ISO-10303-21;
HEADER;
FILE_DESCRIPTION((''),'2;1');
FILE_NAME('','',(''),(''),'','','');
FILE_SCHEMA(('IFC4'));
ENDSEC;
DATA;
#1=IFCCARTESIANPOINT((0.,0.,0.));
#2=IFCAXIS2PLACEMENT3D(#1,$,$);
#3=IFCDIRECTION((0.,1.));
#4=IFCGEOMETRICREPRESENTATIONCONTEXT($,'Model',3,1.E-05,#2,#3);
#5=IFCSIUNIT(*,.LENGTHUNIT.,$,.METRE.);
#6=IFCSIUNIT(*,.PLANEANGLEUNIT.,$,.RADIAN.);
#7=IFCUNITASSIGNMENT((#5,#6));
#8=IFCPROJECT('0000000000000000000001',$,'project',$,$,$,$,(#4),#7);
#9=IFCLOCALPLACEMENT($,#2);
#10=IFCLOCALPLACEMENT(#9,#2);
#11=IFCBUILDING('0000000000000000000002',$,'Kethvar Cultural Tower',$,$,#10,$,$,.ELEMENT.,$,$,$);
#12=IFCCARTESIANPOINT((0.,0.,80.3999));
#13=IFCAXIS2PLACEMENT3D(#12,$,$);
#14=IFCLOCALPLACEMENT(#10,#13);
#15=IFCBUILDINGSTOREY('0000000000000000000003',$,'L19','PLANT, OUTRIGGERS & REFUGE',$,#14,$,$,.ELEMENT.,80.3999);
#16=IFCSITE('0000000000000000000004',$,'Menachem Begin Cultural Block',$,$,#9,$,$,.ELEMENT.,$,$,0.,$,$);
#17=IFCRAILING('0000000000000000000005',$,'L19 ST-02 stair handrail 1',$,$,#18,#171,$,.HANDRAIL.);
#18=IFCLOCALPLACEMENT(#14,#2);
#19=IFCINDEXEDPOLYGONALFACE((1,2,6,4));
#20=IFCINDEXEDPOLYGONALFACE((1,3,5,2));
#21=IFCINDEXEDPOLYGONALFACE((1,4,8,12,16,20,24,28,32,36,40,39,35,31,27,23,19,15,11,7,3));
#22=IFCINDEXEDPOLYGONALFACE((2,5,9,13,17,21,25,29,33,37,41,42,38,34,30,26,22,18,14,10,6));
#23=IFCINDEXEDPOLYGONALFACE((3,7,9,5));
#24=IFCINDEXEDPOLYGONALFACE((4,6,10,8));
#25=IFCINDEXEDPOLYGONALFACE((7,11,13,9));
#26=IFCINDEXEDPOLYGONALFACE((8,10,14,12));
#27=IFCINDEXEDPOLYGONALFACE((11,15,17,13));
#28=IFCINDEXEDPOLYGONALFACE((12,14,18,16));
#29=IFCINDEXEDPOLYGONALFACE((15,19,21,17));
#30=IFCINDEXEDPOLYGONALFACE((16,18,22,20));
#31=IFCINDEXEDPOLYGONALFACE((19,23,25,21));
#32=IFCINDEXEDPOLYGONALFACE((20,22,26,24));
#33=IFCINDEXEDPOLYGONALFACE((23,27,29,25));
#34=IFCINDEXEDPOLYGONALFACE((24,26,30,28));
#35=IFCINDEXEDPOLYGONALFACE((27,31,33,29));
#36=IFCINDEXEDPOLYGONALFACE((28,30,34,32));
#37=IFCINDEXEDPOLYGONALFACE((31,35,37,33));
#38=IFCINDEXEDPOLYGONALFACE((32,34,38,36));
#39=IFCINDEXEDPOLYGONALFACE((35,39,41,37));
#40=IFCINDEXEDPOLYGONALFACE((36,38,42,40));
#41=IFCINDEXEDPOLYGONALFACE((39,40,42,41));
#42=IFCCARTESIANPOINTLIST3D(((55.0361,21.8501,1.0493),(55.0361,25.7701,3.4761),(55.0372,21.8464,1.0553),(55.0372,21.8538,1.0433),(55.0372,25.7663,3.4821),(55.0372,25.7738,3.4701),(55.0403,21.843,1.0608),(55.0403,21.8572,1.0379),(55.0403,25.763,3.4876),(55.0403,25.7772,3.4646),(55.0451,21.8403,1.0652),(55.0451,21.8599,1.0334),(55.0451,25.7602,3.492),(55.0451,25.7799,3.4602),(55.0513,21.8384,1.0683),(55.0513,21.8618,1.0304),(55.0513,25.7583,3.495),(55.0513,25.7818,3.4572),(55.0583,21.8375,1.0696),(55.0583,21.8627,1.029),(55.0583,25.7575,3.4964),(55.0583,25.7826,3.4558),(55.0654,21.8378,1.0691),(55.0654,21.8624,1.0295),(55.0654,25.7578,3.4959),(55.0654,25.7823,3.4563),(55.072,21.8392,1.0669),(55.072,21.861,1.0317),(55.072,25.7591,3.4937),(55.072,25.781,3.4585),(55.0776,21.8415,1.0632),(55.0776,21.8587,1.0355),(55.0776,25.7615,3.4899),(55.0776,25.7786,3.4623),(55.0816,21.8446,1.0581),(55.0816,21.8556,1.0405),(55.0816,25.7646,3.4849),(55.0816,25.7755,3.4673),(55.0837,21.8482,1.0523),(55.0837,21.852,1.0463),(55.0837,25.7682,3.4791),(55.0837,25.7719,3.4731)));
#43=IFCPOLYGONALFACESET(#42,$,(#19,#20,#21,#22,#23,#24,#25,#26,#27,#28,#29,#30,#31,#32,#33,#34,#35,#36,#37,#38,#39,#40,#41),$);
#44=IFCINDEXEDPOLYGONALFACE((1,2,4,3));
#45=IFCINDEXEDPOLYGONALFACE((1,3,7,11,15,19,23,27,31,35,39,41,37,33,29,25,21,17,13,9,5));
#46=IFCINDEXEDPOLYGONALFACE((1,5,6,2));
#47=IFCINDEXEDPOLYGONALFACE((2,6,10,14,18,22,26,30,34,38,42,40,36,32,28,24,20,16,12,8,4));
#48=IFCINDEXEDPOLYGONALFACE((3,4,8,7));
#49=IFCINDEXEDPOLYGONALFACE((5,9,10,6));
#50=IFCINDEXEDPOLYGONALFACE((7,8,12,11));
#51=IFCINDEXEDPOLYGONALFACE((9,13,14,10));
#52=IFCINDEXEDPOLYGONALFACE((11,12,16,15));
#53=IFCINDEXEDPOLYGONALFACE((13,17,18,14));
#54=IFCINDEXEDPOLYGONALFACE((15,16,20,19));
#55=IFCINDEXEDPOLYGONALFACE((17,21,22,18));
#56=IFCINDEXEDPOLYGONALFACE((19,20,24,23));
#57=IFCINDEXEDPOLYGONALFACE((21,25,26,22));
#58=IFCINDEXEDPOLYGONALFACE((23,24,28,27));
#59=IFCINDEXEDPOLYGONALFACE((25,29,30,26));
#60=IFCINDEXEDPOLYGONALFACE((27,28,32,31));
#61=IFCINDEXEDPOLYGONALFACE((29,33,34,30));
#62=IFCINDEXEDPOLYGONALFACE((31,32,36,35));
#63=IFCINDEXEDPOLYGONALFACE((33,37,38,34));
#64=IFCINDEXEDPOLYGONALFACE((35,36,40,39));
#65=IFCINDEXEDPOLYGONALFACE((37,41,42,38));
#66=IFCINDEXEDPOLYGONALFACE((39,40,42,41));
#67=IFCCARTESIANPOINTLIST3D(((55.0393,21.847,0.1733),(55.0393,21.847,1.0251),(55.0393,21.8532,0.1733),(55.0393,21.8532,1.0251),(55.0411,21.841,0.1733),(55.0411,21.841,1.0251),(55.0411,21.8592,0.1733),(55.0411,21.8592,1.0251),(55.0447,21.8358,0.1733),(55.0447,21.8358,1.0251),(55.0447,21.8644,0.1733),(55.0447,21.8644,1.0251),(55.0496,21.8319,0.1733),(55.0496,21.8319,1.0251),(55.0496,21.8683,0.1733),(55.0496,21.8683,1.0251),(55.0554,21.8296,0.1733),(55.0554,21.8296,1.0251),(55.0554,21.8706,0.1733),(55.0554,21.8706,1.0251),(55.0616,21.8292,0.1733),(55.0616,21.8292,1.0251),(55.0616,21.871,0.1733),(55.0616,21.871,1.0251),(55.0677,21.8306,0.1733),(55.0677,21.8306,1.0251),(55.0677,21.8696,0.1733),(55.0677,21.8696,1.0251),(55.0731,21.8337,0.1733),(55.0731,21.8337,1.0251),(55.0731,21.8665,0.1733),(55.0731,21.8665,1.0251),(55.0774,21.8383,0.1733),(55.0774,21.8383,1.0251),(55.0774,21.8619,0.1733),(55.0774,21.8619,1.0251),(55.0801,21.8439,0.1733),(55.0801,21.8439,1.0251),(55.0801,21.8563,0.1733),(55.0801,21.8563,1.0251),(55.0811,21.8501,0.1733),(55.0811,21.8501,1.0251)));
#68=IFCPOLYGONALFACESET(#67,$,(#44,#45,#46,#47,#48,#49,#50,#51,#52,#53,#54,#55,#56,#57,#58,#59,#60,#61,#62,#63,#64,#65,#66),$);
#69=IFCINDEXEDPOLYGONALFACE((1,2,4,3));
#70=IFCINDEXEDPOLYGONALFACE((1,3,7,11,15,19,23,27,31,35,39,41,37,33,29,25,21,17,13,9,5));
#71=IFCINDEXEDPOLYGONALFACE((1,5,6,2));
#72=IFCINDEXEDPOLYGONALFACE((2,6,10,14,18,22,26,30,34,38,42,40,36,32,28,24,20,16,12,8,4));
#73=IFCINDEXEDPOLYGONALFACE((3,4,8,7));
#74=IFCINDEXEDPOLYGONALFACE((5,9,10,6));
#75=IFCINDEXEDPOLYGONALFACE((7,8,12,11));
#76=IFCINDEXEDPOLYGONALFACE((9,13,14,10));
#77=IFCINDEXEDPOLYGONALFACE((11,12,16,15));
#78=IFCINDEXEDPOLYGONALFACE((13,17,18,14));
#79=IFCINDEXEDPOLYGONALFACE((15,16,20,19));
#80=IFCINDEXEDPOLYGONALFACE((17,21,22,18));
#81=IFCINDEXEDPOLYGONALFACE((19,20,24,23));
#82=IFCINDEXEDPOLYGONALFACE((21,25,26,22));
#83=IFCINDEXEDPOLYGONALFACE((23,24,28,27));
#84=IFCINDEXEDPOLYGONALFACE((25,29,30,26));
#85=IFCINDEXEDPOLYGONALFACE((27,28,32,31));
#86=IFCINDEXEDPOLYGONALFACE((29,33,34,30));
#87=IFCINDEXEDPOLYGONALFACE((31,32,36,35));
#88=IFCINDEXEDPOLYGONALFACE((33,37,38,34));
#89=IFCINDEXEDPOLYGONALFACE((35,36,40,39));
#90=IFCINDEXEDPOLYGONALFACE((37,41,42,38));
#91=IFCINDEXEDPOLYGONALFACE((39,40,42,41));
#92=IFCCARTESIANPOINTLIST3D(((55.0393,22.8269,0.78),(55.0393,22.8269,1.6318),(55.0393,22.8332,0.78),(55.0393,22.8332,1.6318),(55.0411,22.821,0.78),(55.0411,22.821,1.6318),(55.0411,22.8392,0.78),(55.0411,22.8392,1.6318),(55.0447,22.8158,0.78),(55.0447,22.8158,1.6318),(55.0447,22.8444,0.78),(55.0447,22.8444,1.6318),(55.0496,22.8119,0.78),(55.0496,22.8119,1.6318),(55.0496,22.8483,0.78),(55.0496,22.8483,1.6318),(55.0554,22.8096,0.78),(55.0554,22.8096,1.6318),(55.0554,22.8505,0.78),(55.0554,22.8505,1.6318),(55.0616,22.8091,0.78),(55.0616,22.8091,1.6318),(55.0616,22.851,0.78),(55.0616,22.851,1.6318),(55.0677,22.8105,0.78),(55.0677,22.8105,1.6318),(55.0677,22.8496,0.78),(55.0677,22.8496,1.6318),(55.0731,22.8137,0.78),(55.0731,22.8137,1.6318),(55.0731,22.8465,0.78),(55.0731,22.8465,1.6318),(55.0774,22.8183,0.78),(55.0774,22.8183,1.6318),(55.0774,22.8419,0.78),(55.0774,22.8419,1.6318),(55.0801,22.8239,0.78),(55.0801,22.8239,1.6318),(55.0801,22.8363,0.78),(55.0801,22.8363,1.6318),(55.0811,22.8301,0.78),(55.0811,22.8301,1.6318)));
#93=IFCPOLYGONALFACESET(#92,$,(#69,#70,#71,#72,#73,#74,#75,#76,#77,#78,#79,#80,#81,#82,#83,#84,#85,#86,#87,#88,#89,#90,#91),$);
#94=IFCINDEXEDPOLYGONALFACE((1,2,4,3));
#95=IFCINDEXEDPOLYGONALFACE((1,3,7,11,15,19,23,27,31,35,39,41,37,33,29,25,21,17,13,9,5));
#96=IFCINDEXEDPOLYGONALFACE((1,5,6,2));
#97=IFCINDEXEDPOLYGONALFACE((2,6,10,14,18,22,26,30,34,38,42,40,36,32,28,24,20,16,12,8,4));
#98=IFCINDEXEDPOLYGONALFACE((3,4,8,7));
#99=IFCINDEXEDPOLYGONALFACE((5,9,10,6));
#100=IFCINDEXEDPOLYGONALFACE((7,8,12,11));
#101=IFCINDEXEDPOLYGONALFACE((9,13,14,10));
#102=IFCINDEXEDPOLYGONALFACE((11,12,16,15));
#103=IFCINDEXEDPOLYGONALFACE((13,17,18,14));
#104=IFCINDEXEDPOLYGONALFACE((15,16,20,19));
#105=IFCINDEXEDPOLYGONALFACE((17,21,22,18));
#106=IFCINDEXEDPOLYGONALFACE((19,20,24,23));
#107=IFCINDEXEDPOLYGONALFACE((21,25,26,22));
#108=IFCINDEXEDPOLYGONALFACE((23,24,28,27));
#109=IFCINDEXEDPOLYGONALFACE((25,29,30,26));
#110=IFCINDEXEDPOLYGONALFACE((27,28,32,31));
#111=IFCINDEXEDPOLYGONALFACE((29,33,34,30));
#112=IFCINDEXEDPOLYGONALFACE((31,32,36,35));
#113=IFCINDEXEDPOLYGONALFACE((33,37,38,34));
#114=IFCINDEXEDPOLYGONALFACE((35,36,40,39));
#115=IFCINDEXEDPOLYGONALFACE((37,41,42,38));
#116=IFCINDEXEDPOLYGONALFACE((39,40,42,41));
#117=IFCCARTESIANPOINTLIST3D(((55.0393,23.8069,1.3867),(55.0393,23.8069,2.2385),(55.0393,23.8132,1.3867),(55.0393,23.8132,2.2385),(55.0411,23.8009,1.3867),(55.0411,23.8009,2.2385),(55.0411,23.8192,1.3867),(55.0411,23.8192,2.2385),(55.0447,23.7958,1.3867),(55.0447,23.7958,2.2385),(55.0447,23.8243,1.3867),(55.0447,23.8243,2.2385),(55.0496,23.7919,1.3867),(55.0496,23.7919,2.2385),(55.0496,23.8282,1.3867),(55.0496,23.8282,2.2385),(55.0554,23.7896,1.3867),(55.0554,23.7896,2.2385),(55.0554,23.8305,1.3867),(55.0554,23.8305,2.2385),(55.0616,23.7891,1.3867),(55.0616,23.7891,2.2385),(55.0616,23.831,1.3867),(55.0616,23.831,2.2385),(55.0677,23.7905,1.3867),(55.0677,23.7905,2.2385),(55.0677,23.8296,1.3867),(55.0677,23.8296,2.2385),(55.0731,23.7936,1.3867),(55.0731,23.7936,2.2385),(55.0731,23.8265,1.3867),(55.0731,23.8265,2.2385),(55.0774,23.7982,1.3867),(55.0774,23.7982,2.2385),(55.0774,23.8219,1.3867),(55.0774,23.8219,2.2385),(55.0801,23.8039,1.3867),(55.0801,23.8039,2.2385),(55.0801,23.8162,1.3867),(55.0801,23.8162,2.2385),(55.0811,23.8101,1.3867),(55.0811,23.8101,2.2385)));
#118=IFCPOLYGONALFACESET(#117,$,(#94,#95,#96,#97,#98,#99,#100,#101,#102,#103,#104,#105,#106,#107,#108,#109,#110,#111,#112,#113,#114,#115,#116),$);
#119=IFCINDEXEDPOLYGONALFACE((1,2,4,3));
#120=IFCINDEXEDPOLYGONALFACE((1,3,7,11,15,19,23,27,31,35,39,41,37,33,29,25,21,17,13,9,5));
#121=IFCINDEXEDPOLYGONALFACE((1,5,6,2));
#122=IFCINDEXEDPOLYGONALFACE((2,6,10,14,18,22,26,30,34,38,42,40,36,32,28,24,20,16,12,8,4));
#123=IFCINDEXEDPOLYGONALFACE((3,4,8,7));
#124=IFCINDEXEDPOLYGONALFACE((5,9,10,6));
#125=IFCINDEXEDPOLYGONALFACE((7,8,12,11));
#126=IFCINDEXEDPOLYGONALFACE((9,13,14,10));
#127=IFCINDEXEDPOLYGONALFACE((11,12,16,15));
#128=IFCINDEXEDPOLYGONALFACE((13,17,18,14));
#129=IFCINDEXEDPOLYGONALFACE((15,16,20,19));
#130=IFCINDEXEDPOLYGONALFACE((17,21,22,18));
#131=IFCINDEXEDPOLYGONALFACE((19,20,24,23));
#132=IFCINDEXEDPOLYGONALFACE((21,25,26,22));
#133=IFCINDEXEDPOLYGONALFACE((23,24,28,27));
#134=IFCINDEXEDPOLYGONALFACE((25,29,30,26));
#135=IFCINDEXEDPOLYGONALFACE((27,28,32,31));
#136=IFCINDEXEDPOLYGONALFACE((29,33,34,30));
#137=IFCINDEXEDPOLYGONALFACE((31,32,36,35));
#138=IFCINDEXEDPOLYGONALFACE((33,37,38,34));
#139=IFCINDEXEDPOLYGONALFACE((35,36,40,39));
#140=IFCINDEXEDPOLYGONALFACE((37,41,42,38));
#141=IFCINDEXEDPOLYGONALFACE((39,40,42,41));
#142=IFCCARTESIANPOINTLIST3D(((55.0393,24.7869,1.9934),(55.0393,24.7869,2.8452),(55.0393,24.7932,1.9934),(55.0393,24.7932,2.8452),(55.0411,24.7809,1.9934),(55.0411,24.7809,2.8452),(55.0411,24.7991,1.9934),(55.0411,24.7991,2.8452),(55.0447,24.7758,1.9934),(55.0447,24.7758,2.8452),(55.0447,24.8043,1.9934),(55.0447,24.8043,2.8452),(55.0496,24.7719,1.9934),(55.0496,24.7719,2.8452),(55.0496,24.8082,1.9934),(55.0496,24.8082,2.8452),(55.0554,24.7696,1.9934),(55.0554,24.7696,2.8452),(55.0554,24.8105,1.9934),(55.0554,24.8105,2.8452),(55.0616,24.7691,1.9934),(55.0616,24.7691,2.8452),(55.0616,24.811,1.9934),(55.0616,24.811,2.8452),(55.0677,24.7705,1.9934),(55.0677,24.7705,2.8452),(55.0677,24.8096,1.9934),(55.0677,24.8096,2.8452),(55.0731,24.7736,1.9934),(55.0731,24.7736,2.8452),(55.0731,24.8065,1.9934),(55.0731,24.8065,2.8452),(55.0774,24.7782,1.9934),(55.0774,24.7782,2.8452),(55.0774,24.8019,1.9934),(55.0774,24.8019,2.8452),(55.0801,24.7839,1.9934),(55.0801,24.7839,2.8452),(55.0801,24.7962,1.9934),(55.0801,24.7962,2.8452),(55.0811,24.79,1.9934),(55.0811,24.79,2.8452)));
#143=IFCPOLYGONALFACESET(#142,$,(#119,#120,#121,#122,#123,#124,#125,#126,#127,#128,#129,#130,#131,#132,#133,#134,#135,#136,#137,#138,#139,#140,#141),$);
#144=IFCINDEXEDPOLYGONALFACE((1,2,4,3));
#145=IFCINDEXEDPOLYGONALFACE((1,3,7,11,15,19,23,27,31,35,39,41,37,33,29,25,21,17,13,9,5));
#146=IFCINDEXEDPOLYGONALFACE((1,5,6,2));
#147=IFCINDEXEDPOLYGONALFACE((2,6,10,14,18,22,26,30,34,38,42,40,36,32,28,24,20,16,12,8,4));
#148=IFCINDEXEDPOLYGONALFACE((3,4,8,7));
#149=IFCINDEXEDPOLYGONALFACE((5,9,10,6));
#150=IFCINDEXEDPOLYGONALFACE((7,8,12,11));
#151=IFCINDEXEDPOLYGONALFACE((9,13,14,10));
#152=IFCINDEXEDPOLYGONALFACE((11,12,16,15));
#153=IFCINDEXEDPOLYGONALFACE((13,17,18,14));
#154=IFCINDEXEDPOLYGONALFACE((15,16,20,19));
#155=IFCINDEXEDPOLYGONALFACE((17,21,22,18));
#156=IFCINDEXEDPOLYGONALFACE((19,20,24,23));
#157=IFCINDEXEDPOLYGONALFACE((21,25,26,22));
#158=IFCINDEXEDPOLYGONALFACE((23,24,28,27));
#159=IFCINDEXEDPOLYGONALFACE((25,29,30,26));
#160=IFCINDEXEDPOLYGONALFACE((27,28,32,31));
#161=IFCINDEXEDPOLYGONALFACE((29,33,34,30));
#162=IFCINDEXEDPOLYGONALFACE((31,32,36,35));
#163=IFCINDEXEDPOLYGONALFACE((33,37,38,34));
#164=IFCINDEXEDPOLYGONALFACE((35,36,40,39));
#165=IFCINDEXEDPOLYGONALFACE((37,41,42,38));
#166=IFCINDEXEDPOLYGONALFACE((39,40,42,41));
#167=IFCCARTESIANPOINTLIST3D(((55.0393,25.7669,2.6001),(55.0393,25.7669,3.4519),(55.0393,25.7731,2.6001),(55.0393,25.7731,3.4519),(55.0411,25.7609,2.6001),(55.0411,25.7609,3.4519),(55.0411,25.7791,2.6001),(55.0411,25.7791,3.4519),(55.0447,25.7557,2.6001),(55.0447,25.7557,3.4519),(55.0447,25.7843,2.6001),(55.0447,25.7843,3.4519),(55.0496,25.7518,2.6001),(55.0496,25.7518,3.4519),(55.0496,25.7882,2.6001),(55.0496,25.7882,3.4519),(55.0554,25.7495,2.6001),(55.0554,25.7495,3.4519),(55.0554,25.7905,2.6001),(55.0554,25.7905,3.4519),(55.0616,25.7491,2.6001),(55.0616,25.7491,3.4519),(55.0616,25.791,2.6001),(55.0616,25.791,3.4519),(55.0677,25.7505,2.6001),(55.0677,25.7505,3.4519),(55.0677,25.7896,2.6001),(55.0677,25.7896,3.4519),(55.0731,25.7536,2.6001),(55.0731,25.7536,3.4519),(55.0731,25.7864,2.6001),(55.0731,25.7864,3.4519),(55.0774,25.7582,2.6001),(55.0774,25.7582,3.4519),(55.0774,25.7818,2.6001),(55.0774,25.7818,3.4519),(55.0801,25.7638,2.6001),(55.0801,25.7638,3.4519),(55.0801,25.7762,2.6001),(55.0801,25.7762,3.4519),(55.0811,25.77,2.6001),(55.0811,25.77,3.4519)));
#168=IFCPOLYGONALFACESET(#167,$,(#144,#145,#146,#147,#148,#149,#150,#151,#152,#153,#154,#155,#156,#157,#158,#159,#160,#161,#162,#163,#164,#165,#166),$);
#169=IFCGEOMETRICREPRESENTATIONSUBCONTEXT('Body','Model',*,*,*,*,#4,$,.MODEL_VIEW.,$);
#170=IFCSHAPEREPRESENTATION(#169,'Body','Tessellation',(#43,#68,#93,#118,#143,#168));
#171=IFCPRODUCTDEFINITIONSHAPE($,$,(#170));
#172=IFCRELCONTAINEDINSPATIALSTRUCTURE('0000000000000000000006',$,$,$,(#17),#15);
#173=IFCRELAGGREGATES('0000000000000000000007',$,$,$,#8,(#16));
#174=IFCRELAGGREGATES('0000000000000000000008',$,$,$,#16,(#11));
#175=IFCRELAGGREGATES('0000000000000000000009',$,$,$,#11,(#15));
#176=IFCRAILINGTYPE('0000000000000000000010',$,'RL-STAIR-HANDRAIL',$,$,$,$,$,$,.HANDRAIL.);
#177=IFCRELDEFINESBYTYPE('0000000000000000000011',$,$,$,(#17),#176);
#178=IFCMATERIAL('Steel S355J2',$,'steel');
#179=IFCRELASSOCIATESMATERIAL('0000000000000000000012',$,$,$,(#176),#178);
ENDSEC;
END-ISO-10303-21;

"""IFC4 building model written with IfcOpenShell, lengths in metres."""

from ifc_helpers import new_model, si_unit, direction, frame, origin, origin_2d, place, context, subcontext, project, spatial, circle, extrude, material, type_object, element, save


model = new_model("IFC4")

# Units and contexts
model_context = context("Model", 3, precision=1e-05, world=origin(), true_north=direction((0.0, 1.0)))
body_context = subcontext(model_context, "Body", "Model", "MODEL_VIEW")
ifc_project = project(units=[si_unit("LENGTHUNIT", "METRE"), si_unit("PLANEANGLEUNIT", "RADIAN")], contexts=[model_context])

# Site, building, storey
site_placement = place(None, origin())
site = spatial("IfcSite", under=ifc_project, at=site_placement, Name="Menachem Begin Cultural Block", CompositionType="ELEMENT", RefElevation=0.0)
building_placement = place(site_placement, origin())
building = spatial("IfcBuilding", under=site, at=building_placement, Name="Kethvar Cultural Tower", CompositionType="ELEMENT")
storey_placement = place(building_placement, frame((0.0, 0.0, 80.3999)))
storey = spatial("IfcBuildingStorey", under=building, at=storey_placement, Name="L19", Description="PLANT, OUTRIGGERS & REFUGE", CompositionType="ELEMENT", Elevation=80.3999)

# Shared definitions
ifc_material_1 = material(Name="Steel S355J2", Category="steel")

# Railing
railing_type_1 = type_object("IfcRailingType", Name="RL-STAIR-HANDRAIL", PredefinedType="HANDRAIL", material=ifc_material_1)
railing_1_placement = place(storey_placement, frame((55.0601, 21.8501, 0.1733)))
element("IfcRailing", 1, at=railing_1_placement, inside=storey, type_object=railing_type_1, Name="L19 ST-02 stair handrail 1", PredefinedType="HANDRAIL", context=body_context, shape_type="SweptSolid", body=[
    extrude(circle(Radius=0.0239, at=origin_2d()), frame((0.0, 0.0, 0.876), z_axis=(0.0, 0.850252, 0.526376), x_axis=(-1.0, 0.0, 0.0)), (0.0, 0.0, 1.0), 4.6104),
    extrude(circle(Radius=0.021, at=origin_2d()), origin(), (0.0, 0.0, 1.0), 0.8518),
    extrude(circle(Radius=0.021, at=origin_2d()), frame((0.0, 0.98, 0.6067)), (0.0, 0.0, 1.0), 0.8518),
    extrude(circle(Radius=0.021, at=origin_2d()), frame((0.0, 1.96, 1.2134)), (0.0, 0.0, 1.0), 0.8518),
    extrude(circle(Radius=0.021, at=origin_2d()), frame((0.0, 2.9399, 1.8201)), (0.0, 0.0, 1.0), 0.8518),
    extrude(circle(Radius=0.021, at=origin_2d()), frame((0.0, 3.9199, 2.4268)), (0.0, 0.0, 1.0), 0.8518),
])

save(model, "model.ifc")
